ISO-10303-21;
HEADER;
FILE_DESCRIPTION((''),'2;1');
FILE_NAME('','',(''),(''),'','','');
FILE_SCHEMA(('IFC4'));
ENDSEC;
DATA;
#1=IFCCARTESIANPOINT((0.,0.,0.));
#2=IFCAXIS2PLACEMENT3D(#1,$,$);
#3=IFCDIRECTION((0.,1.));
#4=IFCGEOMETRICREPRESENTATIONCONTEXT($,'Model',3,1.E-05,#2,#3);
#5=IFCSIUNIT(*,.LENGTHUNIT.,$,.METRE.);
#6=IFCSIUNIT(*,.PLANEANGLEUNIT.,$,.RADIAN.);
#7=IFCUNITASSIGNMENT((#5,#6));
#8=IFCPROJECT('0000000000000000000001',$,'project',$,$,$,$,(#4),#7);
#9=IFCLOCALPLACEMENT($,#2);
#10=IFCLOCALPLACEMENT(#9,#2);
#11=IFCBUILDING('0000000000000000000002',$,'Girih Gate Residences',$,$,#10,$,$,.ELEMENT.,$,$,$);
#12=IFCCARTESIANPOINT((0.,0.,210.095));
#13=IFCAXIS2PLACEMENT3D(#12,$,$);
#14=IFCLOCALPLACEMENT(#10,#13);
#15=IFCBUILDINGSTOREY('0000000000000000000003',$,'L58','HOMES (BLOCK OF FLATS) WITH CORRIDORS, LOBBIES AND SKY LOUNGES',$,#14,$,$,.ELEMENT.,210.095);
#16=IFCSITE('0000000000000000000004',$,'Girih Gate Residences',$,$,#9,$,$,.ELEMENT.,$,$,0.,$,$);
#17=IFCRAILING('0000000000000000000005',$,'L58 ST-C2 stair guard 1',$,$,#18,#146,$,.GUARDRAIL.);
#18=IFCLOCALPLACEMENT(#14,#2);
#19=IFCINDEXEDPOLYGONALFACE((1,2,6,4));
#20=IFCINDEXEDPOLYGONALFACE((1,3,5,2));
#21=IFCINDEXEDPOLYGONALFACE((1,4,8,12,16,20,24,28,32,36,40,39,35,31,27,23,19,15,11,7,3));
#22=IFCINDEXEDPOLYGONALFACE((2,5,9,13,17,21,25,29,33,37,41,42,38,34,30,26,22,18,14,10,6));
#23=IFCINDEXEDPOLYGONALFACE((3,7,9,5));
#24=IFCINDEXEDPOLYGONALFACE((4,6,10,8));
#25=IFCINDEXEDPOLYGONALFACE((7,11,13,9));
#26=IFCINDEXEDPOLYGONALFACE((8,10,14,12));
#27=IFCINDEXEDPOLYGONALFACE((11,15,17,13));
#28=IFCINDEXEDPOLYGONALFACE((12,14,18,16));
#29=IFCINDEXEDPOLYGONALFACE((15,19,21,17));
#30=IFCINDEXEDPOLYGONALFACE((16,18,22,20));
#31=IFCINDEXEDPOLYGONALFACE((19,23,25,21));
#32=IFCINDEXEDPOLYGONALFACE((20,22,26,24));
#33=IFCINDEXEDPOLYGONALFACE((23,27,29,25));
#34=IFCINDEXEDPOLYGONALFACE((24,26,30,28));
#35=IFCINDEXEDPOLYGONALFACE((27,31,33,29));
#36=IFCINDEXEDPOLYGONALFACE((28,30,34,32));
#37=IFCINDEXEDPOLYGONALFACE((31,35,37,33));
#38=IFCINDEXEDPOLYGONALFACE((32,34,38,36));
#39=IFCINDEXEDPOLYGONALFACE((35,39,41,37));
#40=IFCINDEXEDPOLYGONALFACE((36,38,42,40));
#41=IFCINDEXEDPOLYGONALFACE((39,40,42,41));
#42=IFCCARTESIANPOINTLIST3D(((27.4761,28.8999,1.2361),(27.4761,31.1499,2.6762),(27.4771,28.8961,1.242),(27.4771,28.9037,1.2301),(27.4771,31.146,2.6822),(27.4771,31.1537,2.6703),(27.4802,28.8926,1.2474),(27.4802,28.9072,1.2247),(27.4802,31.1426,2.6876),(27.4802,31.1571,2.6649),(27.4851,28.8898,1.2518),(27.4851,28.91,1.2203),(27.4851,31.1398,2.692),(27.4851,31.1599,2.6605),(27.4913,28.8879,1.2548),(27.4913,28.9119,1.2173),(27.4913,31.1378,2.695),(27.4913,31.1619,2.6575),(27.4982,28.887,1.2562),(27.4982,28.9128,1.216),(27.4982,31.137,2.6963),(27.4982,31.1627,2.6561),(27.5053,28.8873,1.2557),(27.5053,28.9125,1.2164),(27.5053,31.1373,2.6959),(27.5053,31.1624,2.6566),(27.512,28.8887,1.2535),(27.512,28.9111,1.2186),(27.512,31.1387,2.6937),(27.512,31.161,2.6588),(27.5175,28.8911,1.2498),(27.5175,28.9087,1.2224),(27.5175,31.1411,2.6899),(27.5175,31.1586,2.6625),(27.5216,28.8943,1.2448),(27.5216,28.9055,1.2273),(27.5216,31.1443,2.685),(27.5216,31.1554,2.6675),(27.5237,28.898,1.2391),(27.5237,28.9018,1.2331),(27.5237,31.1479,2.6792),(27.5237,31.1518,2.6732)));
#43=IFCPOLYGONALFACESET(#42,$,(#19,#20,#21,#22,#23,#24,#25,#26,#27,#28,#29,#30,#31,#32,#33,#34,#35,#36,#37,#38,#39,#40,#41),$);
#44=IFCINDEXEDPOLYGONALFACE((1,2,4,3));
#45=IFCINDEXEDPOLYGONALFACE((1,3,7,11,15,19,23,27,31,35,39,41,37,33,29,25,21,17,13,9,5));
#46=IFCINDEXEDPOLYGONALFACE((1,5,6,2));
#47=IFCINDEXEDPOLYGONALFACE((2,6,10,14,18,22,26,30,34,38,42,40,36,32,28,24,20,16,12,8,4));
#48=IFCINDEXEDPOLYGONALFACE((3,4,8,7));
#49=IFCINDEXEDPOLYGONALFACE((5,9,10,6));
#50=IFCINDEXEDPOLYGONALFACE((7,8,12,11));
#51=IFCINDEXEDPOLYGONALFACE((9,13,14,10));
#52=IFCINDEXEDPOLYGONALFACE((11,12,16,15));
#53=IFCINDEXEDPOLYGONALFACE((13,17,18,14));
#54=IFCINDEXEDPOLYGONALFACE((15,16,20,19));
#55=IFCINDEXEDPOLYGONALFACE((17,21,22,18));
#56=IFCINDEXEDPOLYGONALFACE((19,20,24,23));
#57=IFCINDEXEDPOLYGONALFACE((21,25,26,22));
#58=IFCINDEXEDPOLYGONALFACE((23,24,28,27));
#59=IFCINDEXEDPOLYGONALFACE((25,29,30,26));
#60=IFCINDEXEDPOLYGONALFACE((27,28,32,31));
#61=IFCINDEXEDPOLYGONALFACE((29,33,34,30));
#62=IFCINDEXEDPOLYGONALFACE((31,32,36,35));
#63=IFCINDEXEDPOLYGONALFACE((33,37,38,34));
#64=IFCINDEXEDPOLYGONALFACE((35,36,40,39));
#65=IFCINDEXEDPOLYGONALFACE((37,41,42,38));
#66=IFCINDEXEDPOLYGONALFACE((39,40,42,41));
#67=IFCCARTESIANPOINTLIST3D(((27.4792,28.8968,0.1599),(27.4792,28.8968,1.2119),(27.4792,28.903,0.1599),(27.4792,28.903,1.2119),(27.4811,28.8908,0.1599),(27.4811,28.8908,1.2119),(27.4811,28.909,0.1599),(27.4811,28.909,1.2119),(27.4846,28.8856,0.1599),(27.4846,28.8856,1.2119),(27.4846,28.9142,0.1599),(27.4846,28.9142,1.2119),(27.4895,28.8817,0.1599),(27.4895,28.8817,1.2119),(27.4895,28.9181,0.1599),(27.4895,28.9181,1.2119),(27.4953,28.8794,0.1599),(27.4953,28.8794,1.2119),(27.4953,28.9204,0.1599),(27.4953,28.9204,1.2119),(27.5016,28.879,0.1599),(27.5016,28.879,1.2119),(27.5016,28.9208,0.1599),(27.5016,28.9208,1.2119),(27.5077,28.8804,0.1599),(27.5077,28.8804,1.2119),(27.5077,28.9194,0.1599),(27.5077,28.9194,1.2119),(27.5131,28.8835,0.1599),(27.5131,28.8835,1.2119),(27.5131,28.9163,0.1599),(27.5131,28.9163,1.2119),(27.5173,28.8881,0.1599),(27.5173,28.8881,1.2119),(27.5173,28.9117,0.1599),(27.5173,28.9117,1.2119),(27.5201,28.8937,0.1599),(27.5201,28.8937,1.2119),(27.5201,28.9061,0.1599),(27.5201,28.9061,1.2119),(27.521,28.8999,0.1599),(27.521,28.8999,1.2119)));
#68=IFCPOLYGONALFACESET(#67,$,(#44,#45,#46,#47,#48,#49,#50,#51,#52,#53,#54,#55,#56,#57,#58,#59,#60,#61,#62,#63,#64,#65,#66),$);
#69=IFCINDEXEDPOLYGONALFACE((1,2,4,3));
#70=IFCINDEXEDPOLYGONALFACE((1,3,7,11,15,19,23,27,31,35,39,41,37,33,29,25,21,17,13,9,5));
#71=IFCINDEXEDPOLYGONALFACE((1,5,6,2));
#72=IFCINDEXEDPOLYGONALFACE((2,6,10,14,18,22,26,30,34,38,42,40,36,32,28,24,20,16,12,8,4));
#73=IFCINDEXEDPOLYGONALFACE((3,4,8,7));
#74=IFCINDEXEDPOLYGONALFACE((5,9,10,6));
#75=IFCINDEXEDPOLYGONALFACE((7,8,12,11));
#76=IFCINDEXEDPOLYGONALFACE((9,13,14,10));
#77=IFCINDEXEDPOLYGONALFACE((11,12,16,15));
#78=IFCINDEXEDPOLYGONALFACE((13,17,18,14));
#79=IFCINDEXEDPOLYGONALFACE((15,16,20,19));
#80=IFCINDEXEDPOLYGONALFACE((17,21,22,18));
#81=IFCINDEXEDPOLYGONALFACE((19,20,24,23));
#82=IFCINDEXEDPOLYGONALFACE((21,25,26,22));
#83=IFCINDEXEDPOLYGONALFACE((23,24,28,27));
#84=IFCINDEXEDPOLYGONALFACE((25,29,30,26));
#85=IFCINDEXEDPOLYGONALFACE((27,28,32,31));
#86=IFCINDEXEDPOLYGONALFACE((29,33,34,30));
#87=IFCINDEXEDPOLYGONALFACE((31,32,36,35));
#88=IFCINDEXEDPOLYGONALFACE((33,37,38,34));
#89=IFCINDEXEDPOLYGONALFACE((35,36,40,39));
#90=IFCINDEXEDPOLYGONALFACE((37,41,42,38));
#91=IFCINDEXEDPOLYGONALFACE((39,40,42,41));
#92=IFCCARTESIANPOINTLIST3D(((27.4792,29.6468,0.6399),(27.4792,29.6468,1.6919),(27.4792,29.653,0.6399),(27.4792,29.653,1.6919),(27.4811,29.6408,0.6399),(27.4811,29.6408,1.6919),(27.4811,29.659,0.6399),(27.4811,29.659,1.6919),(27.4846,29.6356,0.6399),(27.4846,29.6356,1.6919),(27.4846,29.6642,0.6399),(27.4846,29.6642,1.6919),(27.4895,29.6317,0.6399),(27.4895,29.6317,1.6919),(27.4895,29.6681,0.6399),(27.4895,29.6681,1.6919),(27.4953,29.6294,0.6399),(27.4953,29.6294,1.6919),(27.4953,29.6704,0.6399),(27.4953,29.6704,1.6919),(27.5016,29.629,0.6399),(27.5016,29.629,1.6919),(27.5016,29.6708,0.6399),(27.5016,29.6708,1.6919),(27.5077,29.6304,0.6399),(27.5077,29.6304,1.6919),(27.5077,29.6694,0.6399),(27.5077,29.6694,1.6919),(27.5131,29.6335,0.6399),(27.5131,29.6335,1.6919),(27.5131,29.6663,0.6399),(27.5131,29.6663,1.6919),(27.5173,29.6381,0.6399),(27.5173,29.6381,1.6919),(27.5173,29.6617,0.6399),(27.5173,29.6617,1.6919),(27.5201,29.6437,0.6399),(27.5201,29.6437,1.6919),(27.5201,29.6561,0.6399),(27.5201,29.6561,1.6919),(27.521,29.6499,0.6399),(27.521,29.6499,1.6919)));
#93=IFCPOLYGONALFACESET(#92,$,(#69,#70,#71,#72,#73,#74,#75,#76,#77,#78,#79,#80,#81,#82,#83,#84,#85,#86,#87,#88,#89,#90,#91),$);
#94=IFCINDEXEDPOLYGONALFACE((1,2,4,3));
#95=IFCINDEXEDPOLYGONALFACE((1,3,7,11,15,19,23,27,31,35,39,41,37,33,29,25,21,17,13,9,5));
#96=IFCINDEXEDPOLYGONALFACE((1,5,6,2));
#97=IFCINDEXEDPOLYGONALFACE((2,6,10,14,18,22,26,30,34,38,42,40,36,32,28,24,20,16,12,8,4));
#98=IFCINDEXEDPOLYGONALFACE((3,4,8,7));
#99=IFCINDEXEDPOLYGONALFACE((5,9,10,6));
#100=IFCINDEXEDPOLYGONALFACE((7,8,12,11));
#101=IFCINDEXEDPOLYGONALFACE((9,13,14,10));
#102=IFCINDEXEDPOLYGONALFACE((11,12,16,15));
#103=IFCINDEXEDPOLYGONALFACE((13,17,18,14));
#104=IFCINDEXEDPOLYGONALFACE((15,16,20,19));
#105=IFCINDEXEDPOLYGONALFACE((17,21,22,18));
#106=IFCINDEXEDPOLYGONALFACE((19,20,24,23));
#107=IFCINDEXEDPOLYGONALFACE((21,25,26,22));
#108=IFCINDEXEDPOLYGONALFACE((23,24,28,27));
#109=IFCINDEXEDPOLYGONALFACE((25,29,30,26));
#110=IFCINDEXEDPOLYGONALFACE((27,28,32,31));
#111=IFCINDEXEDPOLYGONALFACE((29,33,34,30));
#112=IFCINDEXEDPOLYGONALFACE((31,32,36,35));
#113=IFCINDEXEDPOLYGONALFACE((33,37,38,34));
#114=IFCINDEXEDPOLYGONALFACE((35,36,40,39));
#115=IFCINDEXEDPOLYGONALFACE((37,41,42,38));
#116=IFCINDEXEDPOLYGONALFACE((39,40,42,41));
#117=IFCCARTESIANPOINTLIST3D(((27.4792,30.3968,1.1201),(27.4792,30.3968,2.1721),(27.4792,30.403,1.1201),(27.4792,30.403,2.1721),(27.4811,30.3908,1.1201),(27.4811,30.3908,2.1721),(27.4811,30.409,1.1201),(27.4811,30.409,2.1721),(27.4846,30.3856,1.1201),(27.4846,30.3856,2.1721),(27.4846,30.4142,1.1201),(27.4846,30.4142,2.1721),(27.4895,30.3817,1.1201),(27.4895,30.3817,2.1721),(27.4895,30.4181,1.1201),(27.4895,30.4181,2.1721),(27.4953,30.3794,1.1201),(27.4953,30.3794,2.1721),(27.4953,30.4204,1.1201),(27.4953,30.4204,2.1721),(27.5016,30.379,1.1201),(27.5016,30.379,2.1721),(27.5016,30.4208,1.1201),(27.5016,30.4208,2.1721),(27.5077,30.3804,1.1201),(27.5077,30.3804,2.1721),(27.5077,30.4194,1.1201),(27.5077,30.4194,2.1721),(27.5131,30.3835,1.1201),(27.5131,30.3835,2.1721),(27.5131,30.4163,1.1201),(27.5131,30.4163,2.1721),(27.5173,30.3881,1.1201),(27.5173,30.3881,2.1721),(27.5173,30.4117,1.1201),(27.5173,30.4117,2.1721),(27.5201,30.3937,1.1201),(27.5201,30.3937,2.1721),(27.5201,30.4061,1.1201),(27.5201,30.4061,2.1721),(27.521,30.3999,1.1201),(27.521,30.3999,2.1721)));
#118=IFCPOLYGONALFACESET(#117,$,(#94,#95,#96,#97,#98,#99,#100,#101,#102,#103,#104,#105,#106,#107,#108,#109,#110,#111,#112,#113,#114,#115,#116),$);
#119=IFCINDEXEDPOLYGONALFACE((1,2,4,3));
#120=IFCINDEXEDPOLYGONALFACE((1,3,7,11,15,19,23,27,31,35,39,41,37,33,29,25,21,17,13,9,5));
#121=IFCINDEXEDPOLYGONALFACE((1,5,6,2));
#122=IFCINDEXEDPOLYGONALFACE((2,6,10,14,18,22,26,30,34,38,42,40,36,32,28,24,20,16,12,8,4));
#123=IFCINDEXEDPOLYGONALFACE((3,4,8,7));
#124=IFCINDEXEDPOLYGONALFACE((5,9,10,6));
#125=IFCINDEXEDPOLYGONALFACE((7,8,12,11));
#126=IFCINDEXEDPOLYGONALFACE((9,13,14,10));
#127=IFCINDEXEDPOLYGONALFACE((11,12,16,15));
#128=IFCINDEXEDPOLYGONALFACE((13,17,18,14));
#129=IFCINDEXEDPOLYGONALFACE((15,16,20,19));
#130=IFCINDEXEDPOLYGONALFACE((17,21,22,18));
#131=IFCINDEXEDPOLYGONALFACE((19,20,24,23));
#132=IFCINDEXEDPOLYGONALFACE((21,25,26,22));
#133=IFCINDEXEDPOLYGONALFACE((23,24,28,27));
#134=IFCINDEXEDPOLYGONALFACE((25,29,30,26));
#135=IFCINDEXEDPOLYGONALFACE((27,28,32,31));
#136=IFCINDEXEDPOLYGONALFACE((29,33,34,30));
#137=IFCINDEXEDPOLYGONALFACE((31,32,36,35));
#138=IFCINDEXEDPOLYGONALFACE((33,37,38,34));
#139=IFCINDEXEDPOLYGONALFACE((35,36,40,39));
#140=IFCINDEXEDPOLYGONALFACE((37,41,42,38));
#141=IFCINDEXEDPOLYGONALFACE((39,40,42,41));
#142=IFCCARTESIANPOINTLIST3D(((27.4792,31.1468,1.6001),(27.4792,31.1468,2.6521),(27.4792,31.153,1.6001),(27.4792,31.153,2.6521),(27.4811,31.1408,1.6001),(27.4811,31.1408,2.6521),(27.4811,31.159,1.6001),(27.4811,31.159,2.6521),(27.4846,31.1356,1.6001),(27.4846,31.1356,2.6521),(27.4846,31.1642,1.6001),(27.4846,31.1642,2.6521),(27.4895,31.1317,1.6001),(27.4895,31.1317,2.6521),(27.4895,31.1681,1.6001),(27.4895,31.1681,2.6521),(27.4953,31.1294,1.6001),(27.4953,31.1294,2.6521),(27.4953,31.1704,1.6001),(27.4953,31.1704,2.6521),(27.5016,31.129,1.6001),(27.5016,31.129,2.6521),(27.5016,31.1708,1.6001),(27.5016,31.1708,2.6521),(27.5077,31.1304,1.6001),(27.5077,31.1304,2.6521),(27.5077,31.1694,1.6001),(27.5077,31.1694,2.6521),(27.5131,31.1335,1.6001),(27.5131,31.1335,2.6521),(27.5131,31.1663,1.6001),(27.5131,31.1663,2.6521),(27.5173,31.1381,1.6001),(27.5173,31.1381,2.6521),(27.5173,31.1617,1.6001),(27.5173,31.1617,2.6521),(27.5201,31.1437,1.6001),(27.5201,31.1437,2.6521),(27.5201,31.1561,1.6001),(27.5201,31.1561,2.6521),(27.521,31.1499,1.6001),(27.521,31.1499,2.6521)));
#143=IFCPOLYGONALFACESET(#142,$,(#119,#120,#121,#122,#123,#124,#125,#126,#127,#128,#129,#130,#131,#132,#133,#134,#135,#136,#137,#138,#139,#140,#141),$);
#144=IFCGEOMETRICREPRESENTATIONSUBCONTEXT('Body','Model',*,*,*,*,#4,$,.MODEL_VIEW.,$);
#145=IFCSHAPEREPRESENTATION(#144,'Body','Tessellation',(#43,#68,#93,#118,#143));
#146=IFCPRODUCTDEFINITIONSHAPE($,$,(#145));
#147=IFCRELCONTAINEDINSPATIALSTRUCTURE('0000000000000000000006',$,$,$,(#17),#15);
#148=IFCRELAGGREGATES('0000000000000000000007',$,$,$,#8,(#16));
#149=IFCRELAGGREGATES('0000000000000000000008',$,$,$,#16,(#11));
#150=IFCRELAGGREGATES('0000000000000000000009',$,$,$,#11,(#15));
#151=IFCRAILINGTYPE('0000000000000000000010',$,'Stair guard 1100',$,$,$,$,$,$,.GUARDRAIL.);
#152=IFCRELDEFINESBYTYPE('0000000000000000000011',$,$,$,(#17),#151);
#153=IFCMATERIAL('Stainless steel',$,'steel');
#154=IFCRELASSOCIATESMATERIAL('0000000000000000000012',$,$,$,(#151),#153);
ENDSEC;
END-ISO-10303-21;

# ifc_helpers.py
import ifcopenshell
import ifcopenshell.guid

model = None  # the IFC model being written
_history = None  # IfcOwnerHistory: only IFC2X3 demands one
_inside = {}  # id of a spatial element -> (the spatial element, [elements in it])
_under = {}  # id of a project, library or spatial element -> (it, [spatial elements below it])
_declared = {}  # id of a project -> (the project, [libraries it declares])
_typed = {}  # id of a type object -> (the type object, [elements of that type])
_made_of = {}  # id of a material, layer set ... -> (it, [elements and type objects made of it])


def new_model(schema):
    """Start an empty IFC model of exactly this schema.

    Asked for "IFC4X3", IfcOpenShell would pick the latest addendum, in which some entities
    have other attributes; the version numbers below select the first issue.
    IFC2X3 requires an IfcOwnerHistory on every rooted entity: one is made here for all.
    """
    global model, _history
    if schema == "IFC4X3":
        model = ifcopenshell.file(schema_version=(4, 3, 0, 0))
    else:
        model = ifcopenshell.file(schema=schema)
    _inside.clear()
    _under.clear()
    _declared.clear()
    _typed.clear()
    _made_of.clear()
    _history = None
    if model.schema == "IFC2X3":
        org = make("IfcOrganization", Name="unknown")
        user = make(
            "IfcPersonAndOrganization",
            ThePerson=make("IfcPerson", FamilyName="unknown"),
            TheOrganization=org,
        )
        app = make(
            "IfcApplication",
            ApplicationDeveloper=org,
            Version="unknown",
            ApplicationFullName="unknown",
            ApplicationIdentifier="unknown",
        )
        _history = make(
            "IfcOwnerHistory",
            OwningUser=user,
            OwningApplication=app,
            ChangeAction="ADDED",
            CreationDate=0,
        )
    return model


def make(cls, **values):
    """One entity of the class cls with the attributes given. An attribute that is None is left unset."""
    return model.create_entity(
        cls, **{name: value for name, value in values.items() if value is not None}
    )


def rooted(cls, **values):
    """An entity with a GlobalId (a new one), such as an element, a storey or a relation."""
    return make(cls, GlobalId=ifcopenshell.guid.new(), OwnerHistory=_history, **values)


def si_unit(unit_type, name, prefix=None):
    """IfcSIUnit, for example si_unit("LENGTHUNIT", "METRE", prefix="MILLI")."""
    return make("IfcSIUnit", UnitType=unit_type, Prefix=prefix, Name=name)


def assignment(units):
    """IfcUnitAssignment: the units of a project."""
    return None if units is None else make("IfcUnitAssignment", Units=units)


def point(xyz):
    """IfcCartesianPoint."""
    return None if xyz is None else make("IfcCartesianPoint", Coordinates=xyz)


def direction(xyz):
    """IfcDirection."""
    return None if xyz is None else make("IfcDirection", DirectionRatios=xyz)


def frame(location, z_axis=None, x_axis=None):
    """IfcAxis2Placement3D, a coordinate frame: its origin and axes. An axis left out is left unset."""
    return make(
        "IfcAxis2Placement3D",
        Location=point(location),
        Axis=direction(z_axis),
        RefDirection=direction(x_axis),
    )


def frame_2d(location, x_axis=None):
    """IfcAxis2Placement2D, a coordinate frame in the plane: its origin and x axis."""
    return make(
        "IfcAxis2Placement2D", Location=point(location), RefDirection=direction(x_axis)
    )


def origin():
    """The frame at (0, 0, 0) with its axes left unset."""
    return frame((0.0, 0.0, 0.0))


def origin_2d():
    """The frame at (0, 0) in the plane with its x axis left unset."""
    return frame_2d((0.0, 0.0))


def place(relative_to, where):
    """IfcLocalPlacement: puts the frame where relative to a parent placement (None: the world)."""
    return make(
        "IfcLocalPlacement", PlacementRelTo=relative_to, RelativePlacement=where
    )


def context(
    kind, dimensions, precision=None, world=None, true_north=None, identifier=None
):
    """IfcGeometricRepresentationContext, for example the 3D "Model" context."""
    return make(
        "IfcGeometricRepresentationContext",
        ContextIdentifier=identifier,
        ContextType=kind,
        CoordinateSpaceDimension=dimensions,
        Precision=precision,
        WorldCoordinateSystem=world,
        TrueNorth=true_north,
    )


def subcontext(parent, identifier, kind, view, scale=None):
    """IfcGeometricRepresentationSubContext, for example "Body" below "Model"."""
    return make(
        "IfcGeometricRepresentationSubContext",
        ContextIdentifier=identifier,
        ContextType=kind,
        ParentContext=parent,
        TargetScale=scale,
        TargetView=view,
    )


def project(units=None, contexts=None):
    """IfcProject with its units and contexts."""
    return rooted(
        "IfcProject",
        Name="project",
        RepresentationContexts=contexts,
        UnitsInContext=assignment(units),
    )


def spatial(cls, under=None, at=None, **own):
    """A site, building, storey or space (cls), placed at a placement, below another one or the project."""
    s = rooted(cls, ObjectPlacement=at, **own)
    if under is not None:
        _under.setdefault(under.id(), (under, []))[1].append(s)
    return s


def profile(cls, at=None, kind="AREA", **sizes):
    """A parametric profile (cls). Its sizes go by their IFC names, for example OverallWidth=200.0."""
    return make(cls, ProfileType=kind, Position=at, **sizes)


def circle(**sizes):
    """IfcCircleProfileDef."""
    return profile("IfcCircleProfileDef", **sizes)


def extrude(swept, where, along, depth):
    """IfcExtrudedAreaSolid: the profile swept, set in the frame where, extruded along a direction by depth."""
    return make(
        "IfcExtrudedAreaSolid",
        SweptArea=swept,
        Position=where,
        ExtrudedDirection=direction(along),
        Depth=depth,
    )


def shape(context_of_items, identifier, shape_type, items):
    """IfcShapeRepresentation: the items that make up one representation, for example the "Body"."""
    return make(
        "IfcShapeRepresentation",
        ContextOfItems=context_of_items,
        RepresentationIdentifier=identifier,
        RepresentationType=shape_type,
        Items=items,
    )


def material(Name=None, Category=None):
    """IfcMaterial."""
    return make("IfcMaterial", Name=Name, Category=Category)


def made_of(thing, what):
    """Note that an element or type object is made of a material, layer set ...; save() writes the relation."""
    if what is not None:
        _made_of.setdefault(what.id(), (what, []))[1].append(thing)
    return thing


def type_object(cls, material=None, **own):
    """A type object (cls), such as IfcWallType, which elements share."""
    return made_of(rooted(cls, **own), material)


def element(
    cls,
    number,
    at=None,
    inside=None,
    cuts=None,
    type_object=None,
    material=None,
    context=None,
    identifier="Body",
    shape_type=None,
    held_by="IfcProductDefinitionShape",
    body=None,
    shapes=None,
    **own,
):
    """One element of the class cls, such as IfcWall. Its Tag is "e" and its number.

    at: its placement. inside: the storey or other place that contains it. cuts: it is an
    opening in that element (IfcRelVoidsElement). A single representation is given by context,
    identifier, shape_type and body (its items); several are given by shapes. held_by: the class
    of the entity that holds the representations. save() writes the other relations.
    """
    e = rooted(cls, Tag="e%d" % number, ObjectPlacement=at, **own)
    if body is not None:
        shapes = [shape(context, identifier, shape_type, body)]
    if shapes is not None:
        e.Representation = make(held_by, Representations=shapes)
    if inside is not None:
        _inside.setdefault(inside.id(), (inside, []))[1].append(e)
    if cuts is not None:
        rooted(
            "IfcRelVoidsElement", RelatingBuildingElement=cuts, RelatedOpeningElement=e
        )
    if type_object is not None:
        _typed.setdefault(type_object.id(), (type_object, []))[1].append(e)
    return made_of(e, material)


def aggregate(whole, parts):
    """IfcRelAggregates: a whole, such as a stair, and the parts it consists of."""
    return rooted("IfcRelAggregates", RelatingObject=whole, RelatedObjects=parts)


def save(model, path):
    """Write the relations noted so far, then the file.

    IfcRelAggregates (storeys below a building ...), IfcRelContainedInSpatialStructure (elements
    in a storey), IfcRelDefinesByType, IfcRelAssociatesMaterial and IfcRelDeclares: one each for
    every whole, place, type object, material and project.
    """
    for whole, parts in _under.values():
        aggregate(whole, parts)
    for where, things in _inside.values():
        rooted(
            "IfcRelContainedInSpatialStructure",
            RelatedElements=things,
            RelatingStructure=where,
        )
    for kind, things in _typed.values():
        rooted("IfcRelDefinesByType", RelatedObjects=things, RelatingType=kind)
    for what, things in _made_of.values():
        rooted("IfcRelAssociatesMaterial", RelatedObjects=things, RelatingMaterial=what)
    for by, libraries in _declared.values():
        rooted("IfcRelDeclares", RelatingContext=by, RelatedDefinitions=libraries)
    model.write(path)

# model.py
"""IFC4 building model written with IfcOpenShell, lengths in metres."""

from ifc_helpers import new_model, si_unit, direction, frame, origin, origin_2d, place, context, subcontext, project, spatial, circle, extrude, material, type_object, element, save


model = new_model("IFC4")

# Units and contexts
model_context = context("Model", 3, precision=1e-05, world=origin(), true_north=direction((0.0, 1.0)))
body_context = subcontext(model_context, "Body", "Model", "MODEL_VIEW")
ifc_project = project(units=[si_unit("LENGTHUNIT", "METRE"), si_unit("PLANEANGLEUNIT", "RADIAN")], contexts=[model_context])

# Site, building, storey
site_placement = place(None, origin())
site = spatial("IfcSite", under=ifc_project, at=site_placement, Name="Girih Gate Residences", CompositionType="ELEMENT", RefElevation=0.0)
building_placement = place(site_placement, origin())
building = spatial("IfcBuilding", under=site, at=building_placement, Name="Girih Gate Residences", CompositionType="ELEMENT")
storey_placement = place(building_placement, frame((0.0, 0.0, 210.095)))
storey = spatial("IfcBuildingStorey", under=building, at=storey_placement, Name="L58", Description="HOMES (BLOCK OF FLATS) WITH CORRIDORS, LOBBIES AND SKY LOUNGES", CompositionType="ELEMENT", Elevation=210.095)

# Railing
ifc_material_1 = material(Name="Stainless steel", Category="steel")
railing_type_1 = type_object("IfcRailingType", Name="Stair guard 1100", PredefinedType="GUARDRAIL", material=ifc_material_1)
railing_1_placement = place(storey_placement, frame((27.5, 28.8999, 0.1599)))
element("IfcRailing", 1, at=railing_1_placement, inside=storey, type_object=railing_type_1, Name="L58 ST-C2 stair guard 1", PredefinedType="GUARDRAIL", context=body_context, shape_type="SweptSolid", body=[
    extrude(circle(Radius=0.0239, at=origin_2d()), frame((0.0, 0.0, 1.0762), z_axis=(0.0, 0.84224, 0.539103), x_axis=(-1.0, 0.0, 0.0)), (0.0, 0.0, 1.0), 2.6714),
    extrude(circle(Radius=0.021, at=origin_2d()), origin(), (0.0, 0.0, 1.0), 1.052),
    extrude(circle(Radius=0.021, at=origin_2d()), frame((0.0, 0.75, 0.48)), (0.0, 0.0, 1.0), 1.052),
    extrude(circle(Radius=0.021, at=origin_2d()), frame((0.0, 1.5, 0.9602)), (0.0, 0.0, 1.0), 1.052),
    extrude(circle(Radius=0.021, at=origin_2d()), frame((0.0, 2.25, 1.4402)), (0.0, 0.0, 1.0), 1.052),
])

save(model, "model.ifc")
